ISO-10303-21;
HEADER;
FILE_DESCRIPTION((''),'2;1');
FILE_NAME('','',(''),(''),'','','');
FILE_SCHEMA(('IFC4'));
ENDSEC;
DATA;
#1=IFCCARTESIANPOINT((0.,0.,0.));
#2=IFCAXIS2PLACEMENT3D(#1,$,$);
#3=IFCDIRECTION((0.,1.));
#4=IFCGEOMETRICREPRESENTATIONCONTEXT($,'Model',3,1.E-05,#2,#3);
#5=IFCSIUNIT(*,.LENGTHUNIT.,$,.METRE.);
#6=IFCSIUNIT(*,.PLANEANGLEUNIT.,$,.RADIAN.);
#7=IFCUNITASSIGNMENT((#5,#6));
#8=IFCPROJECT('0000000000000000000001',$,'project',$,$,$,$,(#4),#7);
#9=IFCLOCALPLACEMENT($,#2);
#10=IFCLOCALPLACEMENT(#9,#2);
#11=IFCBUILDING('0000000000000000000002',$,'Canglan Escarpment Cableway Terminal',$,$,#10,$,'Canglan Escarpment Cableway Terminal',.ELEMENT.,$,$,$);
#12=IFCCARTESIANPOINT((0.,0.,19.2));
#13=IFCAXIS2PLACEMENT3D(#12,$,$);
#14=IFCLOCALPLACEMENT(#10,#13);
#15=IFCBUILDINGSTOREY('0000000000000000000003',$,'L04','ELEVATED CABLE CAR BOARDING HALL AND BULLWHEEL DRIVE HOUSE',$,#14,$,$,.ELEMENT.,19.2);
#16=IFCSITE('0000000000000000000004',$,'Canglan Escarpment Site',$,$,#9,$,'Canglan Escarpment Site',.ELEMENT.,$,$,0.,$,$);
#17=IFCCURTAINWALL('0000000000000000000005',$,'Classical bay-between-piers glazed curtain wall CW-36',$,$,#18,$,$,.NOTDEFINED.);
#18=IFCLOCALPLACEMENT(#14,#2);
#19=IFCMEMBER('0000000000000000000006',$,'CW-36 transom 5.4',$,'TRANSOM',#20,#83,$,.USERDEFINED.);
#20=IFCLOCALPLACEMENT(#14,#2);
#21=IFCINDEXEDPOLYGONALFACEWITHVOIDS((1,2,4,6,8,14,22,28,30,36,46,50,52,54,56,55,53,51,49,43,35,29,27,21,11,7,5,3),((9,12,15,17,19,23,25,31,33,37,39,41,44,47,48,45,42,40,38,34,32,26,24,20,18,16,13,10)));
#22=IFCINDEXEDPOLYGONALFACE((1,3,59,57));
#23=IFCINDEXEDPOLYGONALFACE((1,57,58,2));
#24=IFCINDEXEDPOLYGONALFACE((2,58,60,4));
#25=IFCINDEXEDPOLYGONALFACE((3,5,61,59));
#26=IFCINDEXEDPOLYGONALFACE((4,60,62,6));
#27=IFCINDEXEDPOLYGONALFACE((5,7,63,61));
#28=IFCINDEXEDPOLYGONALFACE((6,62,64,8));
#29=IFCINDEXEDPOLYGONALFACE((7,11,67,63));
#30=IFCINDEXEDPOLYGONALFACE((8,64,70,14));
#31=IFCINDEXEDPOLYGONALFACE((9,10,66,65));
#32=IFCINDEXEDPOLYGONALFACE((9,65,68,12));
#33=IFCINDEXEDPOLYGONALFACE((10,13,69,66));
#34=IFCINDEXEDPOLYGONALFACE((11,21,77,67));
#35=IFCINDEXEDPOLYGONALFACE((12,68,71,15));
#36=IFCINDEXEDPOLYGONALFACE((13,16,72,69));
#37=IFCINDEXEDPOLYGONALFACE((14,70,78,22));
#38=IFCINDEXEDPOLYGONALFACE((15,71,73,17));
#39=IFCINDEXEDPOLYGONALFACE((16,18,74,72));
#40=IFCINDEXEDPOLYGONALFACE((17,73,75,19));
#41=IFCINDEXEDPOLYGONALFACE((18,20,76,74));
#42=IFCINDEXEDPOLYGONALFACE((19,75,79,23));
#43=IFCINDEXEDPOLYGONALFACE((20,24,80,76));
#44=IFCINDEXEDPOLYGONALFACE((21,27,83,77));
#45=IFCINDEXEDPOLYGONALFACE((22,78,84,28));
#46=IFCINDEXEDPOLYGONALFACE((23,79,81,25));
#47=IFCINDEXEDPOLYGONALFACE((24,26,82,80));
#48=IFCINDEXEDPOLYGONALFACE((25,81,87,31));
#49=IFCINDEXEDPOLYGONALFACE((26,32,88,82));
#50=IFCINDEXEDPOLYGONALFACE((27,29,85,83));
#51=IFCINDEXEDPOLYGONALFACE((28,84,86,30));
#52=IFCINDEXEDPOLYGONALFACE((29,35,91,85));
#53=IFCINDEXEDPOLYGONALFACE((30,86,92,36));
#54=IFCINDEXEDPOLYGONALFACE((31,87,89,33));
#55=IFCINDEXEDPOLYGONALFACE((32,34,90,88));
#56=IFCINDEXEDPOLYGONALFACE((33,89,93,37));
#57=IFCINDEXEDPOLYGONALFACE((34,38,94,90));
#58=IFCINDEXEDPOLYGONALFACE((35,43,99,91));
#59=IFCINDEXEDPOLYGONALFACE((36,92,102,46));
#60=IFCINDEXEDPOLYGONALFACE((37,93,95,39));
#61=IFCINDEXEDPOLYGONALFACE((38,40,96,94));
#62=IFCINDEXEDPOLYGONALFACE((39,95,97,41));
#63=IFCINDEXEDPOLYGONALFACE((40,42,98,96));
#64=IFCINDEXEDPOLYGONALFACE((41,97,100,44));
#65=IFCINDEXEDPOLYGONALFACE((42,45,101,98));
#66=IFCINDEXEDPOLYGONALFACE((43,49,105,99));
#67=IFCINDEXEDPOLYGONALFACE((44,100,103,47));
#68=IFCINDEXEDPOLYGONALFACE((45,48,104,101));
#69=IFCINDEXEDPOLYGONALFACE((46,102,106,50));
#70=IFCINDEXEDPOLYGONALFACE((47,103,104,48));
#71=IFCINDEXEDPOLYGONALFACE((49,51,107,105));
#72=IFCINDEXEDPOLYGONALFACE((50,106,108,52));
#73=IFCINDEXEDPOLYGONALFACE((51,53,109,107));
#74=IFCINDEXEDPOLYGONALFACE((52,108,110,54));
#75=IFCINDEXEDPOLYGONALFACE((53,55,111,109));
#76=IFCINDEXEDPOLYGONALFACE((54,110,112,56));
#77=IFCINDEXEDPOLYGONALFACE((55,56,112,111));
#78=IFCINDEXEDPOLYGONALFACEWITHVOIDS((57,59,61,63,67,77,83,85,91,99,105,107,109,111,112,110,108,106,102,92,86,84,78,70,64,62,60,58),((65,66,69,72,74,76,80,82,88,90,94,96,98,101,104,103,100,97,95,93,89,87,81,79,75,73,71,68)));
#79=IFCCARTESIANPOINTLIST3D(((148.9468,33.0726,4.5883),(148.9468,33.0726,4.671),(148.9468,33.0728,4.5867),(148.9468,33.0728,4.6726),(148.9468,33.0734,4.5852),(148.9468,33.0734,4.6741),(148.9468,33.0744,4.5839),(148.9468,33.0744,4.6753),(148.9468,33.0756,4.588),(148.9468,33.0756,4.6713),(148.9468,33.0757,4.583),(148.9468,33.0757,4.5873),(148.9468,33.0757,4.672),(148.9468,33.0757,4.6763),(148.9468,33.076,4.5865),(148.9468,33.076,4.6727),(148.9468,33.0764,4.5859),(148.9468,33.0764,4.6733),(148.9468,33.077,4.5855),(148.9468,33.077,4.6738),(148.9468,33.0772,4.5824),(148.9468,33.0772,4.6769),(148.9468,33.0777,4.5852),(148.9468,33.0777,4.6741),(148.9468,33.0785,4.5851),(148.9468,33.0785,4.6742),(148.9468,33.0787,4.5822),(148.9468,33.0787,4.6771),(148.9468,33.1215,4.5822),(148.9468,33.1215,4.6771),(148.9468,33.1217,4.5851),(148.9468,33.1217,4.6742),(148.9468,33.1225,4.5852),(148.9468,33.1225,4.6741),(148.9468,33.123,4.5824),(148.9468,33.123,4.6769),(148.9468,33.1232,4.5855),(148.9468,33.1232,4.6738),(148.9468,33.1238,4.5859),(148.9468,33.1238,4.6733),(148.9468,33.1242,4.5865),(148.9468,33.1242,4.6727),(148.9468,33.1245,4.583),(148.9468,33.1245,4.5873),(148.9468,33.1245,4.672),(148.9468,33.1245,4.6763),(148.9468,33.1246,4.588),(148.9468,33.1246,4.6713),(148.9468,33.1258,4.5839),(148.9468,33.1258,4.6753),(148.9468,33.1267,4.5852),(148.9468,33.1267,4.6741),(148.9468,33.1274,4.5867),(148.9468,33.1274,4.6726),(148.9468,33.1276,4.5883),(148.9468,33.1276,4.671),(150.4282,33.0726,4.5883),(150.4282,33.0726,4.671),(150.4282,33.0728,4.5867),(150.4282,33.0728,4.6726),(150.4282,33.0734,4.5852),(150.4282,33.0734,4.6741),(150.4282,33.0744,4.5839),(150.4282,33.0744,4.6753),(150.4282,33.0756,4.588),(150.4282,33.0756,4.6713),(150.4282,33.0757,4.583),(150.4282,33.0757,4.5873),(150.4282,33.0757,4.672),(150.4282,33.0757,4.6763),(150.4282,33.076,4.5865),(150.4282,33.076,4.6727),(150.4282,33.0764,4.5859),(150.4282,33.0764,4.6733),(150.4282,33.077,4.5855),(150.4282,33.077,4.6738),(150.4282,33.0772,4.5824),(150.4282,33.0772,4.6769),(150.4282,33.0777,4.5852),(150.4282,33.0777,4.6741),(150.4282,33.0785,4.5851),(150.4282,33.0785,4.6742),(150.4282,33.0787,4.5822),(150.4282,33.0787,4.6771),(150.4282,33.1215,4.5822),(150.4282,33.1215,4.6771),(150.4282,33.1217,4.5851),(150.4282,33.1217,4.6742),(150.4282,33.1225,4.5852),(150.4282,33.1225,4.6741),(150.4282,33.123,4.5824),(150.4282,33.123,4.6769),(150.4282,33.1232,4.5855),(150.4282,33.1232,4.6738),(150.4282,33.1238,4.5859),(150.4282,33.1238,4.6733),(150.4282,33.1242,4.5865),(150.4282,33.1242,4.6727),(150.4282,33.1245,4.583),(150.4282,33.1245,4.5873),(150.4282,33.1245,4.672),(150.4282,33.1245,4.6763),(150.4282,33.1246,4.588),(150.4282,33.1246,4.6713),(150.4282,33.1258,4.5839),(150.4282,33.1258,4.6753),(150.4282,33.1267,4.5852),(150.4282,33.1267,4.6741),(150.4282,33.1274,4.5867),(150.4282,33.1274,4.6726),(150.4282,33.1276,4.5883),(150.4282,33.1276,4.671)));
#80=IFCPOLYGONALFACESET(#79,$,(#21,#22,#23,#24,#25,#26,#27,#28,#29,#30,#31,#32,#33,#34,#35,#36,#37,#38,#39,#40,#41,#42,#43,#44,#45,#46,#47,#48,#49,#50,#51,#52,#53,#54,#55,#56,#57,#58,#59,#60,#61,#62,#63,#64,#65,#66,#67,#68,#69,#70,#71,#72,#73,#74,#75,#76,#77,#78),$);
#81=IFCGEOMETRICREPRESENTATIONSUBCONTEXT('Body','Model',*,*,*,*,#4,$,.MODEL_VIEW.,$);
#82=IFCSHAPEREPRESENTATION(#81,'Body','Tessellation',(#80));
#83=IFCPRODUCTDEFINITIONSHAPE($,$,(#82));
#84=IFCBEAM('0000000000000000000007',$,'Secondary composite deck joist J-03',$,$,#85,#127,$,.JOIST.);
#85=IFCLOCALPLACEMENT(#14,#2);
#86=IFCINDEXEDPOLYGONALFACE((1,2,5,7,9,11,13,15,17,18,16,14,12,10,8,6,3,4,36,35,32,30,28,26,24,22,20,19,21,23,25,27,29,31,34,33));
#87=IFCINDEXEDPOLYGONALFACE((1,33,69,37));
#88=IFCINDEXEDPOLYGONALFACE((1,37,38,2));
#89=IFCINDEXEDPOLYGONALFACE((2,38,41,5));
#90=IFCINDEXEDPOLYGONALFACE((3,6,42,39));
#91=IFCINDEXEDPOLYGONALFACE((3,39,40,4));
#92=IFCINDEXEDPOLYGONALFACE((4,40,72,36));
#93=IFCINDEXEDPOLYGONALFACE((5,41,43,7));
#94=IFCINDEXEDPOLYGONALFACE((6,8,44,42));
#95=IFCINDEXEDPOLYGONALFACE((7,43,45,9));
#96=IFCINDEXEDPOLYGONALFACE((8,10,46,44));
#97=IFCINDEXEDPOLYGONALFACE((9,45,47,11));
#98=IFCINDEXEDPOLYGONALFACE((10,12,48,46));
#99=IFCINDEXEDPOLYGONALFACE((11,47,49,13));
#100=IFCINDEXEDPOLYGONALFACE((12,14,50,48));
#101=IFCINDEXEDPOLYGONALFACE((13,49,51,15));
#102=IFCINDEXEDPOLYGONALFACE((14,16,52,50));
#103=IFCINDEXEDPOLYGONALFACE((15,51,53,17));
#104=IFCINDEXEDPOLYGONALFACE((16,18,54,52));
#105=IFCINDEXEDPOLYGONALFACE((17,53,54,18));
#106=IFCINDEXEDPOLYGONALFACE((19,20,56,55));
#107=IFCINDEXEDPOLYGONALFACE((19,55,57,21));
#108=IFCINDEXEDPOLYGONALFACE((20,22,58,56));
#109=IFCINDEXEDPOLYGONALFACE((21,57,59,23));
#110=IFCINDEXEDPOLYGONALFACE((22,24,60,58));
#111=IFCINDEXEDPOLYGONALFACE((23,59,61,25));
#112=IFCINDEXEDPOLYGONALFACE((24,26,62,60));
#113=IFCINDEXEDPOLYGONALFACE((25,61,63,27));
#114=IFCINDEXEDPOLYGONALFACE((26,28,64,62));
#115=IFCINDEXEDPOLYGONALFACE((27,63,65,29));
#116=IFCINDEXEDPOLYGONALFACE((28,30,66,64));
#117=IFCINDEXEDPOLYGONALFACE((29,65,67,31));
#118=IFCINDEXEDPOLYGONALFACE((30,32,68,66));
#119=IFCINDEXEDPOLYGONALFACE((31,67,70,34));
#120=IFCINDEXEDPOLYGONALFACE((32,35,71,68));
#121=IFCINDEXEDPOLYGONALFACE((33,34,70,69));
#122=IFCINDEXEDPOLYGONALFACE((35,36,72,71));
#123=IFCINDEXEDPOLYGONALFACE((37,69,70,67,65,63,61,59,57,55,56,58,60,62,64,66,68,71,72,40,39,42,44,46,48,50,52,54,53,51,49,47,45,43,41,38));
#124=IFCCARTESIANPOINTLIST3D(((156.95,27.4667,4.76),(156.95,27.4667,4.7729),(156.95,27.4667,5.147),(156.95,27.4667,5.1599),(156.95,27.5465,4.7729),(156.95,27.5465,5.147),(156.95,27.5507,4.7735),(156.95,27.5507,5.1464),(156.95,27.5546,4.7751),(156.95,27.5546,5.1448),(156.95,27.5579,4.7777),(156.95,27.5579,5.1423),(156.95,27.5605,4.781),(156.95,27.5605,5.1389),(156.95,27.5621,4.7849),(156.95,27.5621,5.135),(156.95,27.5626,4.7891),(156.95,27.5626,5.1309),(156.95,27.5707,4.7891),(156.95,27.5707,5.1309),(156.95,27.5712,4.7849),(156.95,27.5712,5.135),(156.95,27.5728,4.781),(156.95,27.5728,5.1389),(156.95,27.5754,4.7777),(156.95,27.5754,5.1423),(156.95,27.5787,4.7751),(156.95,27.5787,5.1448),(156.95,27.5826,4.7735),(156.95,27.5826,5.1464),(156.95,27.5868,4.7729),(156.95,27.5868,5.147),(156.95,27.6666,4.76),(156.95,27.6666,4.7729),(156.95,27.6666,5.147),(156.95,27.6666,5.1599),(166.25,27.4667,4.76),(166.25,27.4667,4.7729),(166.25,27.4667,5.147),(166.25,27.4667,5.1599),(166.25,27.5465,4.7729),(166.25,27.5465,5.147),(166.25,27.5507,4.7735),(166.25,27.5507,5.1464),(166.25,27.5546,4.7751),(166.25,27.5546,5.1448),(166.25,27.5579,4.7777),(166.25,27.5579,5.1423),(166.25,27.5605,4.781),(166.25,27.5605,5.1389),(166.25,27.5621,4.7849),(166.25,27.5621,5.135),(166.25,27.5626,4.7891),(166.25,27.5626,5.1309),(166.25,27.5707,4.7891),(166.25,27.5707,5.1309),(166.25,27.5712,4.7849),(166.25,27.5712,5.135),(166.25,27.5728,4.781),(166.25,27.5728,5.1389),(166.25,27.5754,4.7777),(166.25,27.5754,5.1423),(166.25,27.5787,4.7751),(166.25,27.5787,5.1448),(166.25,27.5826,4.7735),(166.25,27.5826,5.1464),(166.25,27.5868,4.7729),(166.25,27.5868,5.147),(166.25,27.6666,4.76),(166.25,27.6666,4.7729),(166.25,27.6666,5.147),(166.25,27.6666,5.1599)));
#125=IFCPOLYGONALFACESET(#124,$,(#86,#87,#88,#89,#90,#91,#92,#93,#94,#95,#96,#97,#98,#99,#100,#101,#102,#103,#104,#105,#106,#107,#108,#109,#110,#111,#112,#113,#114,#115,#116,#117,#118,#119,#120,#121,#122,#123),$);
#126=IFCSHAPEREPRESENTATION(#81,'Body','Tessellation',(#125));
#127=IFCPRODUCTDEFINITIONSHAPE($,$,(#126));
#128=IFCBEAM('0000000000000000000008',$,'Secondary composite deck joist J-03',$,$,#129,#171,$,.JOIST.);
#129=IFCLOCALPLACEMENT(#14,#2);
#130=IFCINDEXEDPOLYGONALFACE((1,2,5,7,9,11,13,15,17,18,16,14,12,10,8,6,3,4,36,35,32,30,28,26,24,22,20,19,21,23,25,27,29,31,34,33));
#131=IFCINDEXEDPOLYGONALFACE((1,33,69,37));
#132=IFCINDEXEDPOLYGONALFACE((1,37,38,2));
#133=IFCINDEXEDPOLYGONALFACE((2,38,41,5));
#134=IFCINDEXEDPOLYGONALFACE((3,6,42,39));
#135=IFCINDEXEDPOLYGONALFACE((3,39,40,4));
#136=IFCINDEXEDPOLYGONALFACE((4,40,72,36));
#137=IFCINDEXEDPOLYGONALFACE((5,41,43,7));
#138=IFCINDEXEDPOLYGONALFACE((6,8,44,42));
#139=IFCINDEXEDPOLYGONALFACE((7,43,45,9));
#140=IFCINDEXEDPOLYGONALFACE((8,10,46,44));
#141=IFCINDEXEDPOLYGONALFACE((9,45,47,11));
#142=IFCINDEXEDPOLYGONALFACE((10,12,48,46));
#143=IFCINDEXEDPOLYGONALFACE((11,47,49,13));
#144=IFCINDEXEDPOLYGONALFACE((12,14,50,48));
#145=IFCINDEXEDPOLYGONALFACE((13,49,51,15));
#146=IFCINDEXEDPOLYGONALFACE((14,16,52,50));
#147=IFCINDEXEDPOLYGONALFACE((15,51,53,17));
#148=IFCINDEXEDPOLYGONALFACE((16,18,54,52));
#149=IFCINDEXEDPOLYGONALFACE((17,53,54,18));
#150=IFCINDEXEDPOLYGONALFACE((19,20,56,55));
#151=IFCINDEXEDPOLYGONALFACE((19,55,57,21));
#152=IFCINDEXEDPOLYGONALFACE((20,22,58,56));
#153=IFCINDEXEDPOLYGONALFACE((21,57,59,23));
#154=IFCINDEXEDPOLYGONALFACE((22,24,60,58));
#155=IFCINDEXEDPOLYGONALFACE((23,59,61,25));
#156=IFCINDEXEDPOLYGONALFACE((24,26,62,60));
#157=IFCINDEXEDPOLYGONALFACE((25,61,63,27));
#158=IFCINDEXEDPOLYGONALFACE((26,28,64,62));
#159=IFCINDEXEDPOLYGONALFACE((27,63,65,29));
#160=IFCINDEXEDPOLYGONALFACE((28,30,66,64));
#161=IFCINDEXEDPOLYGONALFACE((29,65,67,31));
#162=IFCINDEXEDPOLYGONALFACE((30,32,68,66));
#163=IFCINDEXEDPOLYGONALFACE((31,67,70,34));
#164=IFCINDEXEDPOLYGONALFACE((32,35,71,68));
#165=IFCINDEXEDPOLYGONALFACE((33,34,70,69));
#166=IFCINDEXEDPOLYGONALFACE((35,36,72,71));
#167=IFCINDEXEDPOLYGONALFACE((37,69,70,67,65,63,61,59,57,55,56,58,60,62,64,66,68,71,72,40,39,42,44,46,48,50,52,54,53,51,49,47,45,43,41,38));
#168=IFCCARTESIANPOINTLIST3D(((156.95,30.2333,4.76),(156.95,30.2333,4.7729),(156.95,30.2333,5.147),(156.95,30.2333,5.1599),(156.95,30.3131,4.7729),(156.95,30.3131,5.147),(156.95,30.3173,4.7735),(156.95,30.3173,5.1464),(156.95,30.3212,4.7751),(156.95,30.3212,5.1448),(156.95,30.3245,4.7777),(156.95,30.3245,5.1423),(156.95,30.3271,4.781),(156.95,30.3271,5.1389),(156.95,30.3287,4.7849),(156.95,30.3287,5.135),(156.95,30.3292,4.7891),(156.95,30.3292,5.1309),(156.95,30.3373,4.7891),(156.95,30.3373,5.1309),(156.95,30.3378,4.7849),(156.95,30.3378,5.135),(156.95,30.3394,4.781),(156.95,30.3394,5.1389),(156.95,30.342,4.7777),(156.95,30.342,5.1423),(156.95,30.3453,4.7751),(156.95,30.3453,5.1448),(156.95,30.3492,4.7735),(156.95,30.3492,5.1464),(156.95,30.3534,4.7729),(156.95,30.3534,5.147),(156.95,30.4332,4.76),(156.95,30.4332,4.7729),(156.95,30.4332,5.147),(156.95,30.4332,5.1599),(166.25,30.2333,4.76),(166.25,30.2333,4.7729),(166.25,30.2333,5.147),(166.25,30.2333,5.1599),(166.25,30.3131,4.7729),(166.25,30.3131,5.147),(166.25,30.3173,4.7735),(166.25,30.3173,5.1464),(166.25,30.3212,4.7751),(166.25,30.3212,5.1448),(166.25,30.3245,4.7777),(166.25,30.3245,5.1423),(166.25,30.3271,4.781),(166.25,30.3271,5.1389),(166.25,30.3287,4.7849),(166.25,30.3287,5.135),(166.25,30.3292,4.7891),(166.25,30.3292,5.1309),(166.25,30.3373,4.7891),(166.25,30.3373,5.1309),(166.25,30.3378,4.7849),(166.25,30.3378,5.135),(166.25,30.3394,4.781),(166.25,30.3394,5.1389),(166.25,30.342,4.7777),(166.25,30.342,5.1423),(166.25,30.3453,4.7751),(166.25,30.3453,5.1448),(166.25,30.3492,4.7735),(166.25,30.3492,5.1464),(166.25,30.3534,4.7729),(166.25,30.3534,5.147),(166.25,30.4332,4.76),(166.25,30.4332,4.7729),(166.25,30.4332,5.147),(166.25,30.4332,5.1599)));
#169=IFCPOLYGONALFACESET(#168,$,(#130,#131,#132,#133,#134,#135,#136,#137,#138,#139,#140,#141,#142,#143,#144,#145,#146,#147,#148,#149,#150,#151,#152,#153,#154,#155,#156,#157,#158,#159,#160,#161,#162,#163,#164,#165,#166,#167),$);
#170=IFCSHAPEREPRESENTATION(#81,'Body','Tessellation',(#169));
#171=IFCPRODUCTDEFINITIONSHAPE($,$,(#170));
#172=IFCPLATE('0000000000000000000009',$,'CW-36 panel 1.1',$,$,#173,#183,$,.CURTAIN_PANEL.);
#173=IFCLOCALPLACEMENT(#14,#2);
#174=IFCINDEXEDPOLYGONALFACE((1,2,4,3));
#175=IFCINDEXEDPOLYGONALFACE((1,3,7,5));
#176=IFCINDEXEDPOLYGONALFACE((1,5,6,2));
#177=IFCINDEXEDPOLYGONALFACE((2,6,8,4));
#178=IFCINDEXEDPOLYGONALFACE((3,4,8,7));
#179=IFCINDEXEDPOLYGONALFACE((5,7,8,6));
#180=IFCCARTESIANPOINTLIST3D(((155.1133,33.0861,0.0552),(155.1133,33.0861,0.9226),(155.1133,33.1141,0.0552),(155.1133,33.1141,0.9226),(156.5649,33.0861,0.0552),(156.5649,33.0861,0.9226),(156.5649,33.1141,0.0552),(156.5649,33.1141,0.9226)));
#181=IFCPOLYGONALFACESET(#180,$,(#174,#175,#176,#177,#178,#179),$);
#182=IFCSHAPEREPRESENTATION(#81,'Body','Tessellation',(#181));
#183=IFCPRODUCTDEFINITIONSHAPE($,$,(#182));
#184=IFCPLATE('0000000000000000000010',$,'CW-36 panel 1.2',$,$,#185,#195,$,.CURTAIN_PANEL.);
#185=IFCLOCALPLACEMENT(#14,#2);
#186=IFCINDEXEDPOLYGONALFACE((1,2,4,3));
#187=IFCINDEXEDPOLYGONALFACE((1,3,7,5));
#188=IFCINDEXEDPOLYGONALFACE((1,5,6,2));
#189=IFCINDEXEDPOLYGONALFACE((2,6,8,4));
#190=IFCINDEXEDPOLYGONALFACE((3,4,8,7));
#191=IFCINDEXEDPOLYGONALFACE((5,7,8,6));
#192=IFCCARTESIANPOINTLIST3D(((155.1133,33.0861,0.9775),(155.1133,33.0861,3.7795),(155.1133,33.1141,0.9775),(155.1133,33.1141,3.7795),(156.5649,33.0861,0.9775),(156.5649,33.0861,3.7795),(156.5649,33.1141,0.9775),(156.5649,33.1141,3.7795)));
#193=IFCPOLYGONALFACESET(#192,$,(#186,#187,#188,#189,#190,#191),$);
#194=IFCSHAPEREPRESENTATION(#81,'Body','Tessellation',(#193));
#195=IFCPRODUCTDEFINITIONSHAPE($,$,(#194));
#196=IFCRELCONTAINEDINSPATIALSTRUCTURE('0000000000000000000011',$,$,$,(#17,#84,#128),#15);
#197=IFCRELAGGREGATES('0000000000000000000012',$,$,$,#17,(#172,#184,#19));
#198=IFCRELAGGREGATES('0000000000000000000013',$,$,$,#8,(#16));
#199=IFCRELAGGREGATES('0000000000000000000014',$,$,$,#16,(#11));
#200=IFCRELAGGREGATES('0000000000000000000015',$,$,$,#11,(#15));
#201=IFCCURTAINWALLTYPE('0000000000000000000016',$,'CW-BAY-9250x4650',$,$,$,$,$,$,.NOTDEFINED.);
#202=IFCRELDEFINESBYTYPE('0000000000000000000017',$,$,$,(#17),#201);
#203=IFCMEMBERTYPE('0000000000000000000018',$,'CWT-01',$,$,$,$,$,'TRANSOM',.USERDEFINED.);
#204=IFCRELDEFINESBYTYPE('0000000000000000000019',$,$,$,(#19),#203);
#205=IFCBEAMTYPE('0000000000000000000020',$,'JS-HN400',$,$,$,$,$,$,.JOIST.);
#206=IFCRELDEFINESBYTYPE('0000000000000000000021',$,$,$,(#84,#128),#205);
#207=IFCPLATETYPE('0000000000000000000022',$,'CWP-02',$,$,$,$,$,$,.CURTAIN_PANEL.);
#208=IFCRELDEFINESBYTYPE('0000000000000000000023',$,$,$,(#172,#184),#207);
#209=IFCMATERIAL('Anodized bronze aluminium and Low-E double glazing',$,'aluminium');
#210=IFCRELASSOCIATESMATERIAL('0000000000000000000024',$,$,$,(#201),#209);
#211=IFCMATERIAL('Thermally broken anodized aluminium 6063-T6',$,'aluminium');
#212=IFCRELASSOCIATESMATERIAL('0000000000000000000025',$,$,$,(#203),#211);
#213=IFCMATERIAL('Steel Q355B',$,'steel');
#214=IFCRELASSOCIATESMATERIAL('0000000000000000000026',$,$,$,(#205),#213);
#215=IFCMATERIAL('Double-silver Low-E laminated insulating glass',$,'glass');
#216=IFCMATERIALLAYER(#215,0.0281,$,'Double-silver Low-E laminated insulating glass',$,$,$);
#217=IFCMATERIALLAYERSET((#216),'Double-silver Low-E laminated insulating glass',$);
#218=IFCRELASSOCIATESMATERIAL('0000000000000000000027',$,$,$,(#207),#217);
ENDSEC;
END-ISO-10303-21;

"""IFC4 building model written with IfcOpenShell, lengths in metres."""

from ifc_helpers import new_model, si_unit, direction, frame, origin, origin_2d, place, context, subcontext, project, spatial, rectangle, hollow_rectangle, i_section, extrude, material, layer, layer_set, material_profile, profile_set, type_object, element, aggregate, save


model = new_model("IFC4")

# Units and contexts
model_context = context("Model", 3, precision=1e-05, world=origin(), true_north=direction((0.0, 1.0)))
body_context = subcontext(model_context, "Body", "Model", "MODEL_VIEW")
ifc_project = project(units=[si_unit("LENGTHUNIT", "METRE"), si_unit("PLANEANGLEUNIT", "RADIAN")], contexts=[model_context])

# Site, building, storey
site_placement = place(None, origin())
site = spatial("IfcSite", under=ifc_project, at=site_placement, Name="Canglan Escarpment Site", LongName="Canglan Escarpment Site", CompositionType="ELEMENT", RefElevation=0.0)
building_placement = place(site_placement, origin())
building = spatial("IfcBuilding", under=site, at=building_placement, Name="Canglan Escarpment Cableway Terminal", LongName="Canglan Escarpment Cableway Terminal", CompositionType="ELEMENT")
storey_placement = place(building_placement, frame((0.0, 0.0, 19.2)))
storey = spatial("IfcBuildingStorey", under=building, at=storey_placement, Name="L04", Description="ELEVATED CABLE CAR BOARDING HALL AND BULLWHEEL DRIVE HOUSE", CompositionType="ELEMENT", Elevation=19.2)

# Curtain wall, member
ifc_material_1 = material(Name="Anodized bronze aluminium and Low-E double glazing", Category="aluminium")
curtain_wall_type = type_object("IfcCurtainWallType", Name="CW-BAY-9250x4650", PredefinedType="NOTDEFINED", material=ifc_material_1)
curtain_wall_placement = place(storey_placement, origin())
curtain_wall = element("IfcCurtainWall", 1, at=curtain_wall_placement, inside=storey, type_object=curtain_wall_type, Name="Classical bay-between-piers glazed curtain wall CW-36", PredefinedType="NOTDEFINED")
ifc_material_2 = material(Name="Thermally broken anodized aluminium 6063-T6", Category="aluminium")
ifc_material_profile_1 = material_profile(ifc_material_2, hollow_rectangle(XDim=0.0549, YDim=0.095, WallThickness=0.0029, InnerFilletRadius=0.0029, OuterFilletRadius=0.0061, at=origin_2d()), Name="ALU-TRAN 55x95x3")
ifc_profile_set_1 = profile_set([ifc_material_profile_1], Name="Thermally broken anodized aluminium 6063-T6")
member_type_1 = type_object("IfcMemberType", Name="CWT-01", ElementType="TRANSOM", PredefinedType="USERDEFINED", material=ifc_profile_set_1)
member_1_placement = place(storey_placement, frame((150.4282, 33.1001, 4.6296), z_axis=(-1.0, 0.0, 0.0), x_axis=(0.0, -1.0, 0.0)))
member_1 = element("IfcMember", 2, at=member_1_placement, type_object=member_type_1, Name="CW-36 transom 5.4", ObjectType="TRANSOM", PredefinedType="USERDEFINED", context=body_context, shape_type="SweptSolid", body=[
    extrude(hollow_rectangle(XDim=0.0549, YDim=0.095, WallThickness=0.0029, InnerFilletRadius=0.0029, OuterFilletRadius=0.0061, at=origin_2d()), origin(), (0.0, 0.0, 1.0), 1.4814),
])

# Beams
ifc_material_3 = material(Name="Steel Q355B", Category="steel")
ifc_material_profile_2 = material_profile(ifc_material_3, i_section(OverallWidth=0.2, OverallDepth=0.3999, WebThickness=0.0081, FlangeThickness=0.0129, FilletRadius=0.0161, at=origin_2d()), Name="HN 400x200x8x13")
ifc_profile_set_2 = profile_set([ifc_material_profile_2], Name="Steel Q355B")
beam_type = type_object("IfcBeamType", Name="JS-HN400", PredefinedType="JOIST", material=ifc_profile_set_2)
for number, where, z_axis, x_axis, name in (
    (3, (156.95, 27.5667, 4.96), (1.0, 0.0, 0.0), (0.0, 1.0, 0.0), "Secondary composite deck joist J-03"),
    (4, (156.95, 30.3333, 4.96), (1.0, 0.0, 0.0), (0.0, 1.0, 0.0), "Secondary composite deck joist J-03"),
):
    element("IfcBeam", number, at=place(storey_placement, frame(where, z_axis=z_axis, x_axis=x_axis)), inside=storey, type_object=beam_type, Name=name, PredefinedType="JOIST", context=body_context, shape_type="SweptSolid", body=[
        extrude(i_section(OverallWidth=0.2, OverallDepth=0.3999, WebThickness=0.0081, FlangeThickness=0.0129, FilletRadius=0.0161, at=origin_2d()), origin(), (0.0, 0.0, 1.0), 9.3),
    ])

# Plates
ifc_material_4 = material(Name="Double-silver Low-E laminated insulating glass", Category="glass")
ifc_layer = layer(ifc_material_4, 0.0281, Name="Double-silver Low-E laminated insulating glass")
ifc_layer_set = layer_set([ifc_layer], Name="Double-silver Low-E laminated insulating glass")
plate_type = type_object("IfcPlateType", Name="CWP-02", PredefinedType="CURTAIN_PANEL", material=ifc_layer_set)
plate_1_placement = place(storey_placement, frame((155.8391, 33.1001, 0.0552), z_axis=(0.0, 0.0, 1.0), x_axis=(-1.0, 0.0, 0.0)))
plate_1 = element("IfcPlate", 5, at=plate_1_placement, type_object=plate_type, Name="CW-36 panel 1.1", PredefinedType="CURTAIN_PANEL", context=body_context, shape_type="SweptSolid", body=[
    extrude(rectangle(XDim=1.4517, YDim=0.0281, at=origin_2d()), origin(), (0.0, 0.0, 1.0), 0.8674),
])
plate_2_placement = place(storey_placement, frame((155.8391, 33.1001, 0.9775), z_axis=(0.0, 0.0, 1.0), x_axis=(-1.0, 0.0, 0.0)))
plate_2 = element("IfcPlate", 6, at=plate_2_placement, type_object=plate_type, Name="CW-36 panel 1.2", PredefinedType="CURTAIN_PANEL", context=body_context, shape_type="SweptSolid", body=[
    extrude(rectangle(XDim=1.4517, YDim=0.0281, at=origin_2d()), origin(), (0.0, 0.0, 1.0), 2.802),
])
aggregate(curtain_wall, [plate_1, plate_2, member_1])

save(model, "model.ifc")
